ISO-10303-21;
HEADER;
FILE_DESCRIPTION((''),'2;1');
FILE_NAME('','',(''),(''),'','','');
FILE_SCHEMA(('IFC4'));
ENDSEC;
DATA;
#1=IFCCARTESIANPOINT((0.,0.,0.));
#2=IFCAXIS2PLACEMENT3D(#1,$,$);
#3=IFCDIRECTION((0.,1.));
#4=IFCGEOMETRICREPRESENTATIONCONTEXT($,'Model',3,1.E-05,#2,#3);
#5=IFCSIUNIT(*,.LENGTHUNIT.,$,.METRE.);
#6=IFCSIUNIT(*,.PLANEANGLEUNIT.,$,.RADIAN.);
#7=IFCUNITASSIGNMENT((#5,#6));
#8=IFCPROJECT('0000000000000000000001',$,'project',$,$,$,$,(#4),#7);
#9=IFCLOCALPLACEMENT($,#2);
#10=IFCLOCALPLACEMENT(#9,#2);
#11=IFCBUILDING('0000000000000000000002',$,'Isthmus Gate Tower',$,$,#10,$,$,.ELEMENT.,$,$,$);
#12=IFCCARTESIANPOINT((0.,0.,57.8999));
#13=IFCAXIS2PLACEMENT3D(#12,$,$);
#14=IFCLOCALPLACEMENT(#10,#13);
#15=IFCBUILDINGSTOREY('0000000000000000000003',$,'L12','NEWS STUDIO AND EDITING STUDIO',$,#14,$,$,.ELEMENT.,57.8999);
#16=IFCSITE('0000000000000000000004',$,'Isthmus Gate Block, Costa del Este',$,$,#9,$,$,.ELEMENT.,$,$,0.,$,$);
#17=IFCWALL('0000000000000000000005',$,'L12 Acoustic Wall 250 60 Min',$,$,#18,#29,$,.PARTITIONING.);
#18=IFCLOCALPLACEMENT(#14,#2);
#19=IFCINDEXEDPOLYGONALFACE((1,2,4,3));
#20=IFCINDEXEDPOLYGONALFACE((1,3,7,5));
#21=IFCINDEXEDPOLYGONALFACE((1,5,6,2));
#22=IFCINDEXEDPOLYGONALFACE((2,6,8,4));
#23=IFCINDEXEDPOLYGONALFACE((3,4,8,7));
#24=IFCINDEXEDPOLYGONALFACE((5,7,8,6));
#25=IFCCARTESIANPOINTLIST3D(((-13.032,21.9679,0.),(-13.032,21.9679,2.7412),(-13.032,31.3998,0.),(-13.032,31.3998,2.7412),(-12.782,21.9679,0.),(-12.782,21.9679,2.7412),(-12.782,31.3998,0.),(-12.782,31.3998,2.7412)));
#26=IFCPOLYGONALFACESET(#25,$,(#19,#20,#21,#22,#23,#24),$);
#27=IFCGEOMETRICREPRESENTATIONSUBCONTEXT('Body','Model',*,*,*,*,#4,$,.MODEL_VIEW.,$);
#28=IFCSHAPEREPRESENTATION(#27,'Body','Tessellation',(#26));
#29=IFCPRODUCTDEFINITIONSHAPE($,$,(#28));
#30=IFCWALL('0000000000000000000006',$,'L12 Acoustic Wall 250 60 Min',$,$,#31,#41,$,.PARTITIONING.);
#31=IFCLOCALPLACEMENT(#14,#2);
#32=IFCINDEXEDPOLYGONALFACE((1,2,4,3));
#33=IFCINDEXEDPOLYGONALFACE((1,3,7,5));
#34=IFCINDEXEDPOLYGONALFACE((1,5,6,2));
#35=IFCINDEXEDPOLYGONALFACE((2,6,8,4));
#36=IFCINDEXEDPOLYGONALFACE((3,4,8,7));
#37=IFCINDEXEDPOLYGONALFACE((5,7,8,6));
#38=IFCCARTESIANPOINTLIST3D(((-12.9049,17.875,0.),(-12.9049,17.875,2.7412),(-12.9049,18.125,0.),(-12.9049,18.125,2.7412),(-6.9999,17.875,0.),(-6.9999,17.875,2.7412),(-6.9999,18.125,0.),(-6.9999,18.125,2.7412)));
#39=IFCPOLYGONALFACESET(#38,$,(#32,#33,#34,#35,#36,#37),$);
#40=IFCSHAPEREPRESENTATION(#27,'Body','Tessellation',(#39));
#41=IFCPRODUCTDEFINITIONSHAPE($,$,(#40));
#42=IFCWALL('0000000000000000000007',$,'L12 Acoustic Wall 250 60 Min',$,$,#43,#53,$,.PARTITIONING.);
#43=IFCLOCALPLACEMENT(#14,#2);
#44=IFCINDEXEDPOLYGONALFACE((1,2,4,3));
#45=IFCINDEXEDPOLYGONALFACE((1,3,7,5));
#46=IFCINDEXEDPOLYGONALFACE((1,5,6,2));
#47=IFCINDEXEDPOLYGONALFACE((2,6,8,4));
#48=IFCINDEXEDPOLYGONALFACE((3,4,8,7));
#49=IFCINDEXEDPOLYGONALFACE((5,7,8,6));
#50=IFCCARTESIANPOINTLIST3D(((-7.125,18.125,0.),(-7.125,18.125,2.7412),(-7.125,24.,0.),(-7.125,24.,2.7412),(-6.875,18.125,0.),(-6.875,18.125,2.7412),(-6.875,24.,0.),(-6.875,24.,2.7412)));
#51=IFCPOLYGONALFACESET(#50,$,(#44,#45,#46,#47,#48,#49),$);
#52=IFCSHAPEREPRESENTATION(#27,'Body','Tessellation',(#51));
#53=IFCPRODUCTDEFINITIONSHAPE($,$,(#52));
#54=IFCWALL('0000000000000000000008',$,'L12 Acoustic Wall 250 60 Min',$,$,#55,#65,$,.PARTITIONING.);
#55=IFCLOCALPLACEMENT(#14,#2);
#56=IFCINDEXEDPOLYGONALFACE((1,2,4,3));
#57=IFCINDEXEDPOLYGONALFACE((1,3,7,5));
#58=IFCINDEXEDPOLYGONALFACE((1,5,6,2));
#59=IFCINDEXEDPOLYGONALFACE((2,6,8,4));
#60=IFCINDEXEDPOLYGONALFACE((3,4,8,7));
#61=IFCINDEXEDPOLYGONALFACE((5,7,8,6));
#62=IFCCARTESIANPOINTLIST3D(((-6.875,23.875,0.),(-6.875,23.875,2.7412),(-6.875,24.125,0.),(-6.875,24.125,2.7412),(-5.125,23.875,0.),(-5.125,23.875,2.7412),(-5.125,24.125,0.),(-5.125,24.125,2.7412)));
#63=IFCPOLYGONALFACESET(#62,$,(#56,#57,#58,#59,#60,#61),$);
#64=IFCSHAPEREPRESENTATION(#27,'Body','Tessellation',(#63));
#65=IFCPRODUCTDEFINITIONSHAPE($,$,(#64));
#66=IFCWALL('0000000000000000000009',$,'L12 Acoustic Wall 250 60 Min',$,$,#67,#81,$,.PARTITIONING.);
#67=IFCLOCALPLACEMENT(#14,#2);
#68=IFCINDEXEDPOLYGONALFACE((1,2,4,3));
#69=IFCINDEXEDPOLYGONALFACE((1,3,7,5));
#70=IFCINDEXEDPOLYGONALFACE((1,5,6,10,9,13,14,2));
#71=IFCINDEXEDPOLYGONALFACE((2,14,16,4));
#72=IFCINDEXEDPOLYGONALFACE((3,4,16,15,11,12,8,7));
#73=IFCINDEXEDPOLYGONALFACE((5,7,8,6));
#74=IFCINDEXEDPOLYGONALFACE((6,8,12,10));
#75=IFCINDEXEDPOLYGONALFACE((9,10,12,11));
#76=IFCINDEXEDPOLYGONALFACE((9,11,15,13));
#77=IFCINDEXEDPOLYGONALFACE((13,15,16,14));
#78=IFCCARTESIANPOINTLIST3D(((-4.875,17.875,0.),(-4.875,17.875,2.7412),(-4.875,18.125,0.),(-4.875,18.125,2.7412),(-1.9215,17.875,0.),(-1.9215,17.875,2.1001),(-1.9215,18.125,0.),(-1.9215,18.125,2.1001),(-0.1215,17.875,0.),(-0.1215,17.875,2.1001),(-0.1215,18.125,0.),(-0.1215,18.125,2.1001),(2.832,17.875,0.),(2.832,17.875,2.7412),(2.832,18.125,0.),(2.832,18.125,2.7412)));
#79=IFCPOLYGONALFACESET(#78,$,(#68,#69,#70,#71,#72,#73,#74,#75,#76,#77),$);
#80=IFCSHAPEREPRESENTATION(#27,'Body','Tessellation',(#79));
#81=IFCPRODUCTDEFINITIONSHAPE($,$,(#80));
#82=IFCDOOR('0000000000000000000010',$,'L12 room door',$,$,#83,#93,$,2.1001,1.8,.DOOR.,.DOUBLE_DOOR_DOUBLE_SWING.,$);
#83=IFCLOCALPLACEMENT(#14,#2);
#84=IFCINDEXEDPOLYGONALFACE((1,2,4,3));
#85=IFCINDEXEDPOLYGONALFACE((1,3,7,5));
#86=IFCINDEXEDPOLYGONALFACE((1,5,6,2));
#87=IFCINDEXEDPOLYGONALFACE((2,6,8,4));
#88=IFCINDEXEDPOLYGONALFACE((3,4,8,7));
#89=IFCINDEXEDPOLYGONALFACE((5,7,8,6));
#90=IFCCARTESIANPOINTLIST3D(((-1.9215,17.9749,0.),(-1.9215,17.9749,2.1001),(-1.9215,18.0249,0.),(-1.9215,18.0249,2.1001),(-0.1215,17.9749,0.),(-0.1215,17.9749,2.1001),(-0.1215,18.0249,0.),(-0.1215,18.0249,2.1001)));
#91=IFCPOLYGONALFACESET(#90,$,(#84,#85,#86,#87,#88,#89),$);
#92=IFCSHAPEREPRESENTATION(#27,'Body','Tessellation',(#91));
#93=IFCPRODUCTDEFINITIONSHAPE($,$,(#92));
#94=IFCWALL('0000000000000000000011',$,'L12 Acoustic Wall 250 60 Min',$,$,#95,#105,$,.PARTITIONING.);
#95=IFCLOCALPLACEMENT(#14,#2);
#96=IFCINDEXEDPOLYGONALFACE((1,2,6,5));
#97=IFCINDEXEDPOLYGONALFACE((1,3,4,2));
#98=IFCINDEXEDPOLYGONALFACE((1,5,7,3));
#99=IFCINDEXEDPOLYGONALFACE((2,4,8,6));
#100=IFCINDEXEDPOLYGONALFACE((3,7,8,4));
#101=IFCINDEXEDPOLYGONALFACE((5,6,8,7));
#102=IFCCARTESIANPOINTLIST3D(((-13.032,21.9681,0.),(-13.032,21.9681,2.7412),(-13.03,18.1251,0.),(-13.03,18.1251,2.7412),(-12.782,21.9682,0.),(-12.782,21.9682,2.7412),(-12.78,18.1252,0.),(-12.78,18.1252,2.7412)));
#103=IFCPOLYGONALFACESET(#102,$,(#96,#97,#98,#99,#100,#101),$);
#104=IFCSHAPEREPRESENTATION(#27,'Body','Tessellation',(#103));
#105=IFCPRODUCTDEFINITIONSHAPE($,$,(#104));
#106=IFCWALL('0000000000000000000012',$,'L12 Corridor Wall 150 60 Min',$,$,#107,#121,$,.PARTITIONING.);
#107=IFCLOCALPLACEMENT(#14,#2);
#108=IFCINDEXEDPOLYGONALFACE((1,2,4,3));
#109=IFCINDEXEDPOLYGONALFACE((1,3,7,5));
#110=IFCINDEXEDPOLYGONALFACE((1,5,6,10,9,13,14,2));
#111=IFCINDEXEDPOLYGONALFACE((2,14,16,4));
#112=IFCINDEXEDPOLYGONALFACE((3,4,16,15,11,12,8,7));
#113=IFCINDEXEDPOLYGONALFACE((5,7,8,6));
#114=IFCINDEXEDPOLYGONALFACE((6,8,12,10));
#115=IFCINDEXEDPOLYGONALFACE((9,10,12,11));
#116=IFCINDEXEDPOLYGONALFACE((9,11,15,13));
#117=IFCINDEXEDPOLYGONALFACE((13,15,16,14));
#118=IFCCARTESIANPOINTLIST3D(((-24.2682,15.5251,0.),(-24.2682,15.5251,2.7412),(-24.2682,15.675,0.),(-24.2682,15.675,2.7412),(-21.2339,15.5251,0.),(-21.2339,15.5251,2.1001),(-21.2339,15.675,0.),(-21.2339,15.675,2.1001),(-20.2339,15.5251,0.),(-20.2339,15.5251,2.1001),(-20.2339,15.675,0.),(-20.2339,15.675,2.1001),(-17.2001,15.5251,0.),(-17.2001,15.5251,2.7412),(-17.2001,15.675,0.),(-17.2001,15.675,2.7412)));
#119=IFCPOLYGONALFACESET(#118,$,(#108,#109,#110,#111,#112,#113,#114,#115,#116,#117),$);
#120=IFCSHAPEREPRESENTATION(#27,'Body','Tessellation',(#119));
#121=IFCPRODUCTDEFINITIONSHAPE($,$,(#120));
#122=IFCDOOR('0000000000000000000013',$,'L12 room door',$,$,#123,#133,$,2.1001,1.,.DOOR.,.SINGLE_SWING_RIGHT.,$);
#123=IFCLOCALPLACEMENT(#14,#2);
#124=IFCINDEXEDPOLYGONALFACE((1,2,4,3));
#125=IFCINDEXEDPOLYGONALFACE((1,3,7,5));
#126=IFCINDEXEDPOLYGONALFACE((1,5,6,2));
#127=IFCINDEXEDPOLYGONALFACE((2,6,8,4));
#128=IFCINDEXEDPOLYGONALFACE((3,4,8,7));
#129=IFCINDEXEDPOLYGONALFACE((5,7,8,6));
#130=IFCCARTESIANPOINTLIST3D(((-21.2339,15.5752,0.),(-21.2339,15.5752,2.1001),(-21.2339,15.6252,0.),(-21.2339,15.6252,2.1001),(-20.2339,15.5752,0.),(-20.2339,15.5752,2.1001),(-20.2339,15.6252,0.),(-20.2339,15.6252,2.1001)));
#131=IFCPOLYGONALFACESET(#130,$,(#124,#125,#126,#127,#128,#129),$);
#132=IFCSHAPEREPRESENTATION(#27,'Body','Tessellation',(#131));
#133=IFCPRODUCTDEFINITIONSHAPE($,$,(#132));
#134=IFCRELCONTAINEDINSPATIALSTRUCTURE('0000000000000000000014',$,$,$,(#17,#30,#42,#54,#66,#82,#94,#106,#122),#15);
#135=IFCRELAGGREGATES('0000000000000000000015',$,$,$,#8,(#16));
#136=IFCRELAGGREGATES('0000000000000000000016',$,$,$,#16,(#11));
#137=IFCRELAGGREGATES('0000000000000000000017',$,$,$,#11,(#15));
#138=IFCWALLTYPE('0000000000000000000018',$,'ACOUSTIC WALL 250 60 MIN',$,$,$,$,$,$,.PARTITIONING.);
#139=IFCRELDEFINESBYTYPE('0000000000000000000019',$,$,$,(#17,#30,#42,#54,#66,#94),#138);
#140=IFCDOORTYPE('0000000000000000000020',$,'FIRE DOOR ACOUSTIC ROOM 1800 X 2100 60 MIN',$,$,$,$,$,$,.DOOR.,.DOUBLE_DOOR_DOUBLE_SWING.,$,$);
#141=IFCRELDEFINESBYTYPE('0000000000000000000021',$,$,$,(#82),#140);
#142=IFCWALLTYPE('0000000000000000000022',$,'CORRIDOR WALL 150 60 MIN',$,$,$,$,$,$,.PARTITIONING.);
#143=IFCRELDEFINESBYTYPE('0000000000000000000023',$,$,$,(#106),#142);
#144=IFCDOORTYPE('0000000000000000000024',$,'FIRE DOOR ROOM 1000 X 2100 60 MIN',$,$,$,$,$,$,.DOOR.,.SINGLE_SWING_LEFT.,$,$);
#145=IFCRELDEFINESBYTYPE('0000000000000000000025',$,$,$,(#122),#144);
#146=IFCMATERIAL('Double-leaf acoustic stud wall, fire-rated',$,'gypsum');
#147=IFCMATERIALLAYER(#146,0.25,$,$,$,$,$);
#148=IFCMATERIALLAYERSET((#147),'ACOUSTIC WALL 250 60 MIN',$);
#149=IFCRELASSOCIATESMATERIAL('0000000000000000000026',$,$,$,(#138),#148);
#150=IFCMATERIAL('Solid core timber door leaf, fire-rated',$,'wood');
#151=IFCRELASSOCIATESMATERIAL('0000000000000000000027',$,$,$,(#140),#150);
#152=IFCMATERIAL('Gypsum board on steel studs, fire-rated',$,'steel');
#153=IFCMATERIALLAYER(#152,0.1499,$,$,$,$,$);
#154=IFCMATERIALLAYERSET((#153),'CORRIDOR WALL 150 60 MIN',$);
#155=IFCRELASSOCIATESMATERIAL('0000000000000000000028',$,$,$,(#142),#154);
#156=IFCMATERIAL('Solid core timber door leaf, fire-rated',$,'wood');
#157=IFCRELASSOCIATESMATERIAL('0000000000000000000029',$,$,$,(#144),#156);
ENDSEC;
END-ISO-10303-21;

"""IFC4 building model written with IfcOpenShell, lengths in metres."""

from ifc_helpers import new_model, si_unit, direction, frame, frame_2d, origin, place, context, subcontext, project, spatial, rectangle, extrude, material, layer, layer_set, type_object, element, fill, save


model = new_model("IFC4")

# Units and contexts
model_context = context("Model", 3, precision=1e-05, world=origin(), true_north=direction((0.0, 1.0)))
body_context = subcontext(model_context, "Body", "Model", "MODEL_VIEW")
ifc_project = project(units=[si_unit("LENGTHUNIT", "METRE"), si_unit("PLANEANGLEUNIT", "RADIAN")], contexts=[model_context])

# Site, building, storey
site_placement = place(None, origin())
site = spatial("IfcSite", under=ifc_project, at=site_placement, Name="Isthmus Gate Block, Costa del Este", CompositionType="ELEMENT", RefElevation=0.0)
building_placement = place(site_placement, origin())
building = spatial("IfcBuilding", under=site, at=building_placement, Name="Isthmus Gate Tower", CompositionType="ELEMENT")
storey_placement = place(building_placement, frame((0.0, 0.0, 57.8999)))
storey = spatial("IfcBuildingStorey", under=building, at=storey_placement, Name="L12", Description="NEWS STUDIO AND EDITING STUDIO", CompositionType="ELEMENT", Elevation=57.8999)

# Walls
ifc_material_1 = material(Name="Double-leaf acoustic stud wall, fire-rated", Category="gypsum")
ifc_layer_1 = layer(ifc_material_1, 0.25)
ifc_layer_set_1 = layer_set([ifc_layer_1], Name="ACOUSTIC WALL 250 60 MIN")
wall_type_1 = type_object("IfcWallType", Name="ACOUSTIC WALL 250 60 MIN", PredefinedType="PARTITIONING", material=ifc_layer_set_1)
wall_1_placement = place(storey_placement, frame((-12.907, 21.968, 0.0), z_axis=(0.0, 0.0, 1.0), x_axis=(0.0, 1.0, 0.0)))
element("IfcWall", 1, at=wall_1_placement, inside=storey, type_object=wall_type_1, Name="L12 Acoustic Wall 250 60 Min", PredefinedType="PARTITIONING", context=body_context, shape_type="SweptSolid", body=[
    extrude(rectangle(XDim=9.4319, YDim=0.25, at=frame_2d((4.7158, 0.0))), origin(), (0.0, 0.0, 1.0), 2.7412),
])
wall_2_placement = place(storey_placement, frame((-12.905, 18.0, 0.0), z_axis=(0.0, 0.0, 1.0), x_axis=(1.0, 0.0, 0.0)))
element("IfcWall", 2, at=wall_2_placement, inside=storey, type_object=wall_type_1, Name="L12 Acoustic Wall 250 60 Min", PredefinedType="PARTITIONING", context=body_context, shape_type="SweptSolid", body=[
    extrude(rectangle(XDim=5.905, YDim=0.25, at=frame_2d((2.9526, 0.0))), origin(), (0.0, 0.0, 1.0), 2.7412),
])
wall_3_placement = place(storey_placement, frame((-7.0, 18.125, 0.0), z_axis=(0.0, 0.0, 1.0), x_axis=(0.0, 1.0, 0.0)))
element("IfcWall", 3, at=wall_3_placement, inside=storey, type_object=wall_type_1, Name="L12 Acoustic Wall 250 60 Min", PredefinedType="PARTITIONING", context=body_context, shape_type="SweptSolid", body=[
    extrude(rectangle(XDim=5.875, YDim=0.25, at=frame_2d((2.9375, 0.0))), origin(), (0.0, 0.0, 1.0), 2.7412),
])
wall_4_placement = place(storey_placement, frame((-6.875, 24.0, 0.0), z_axis=(0.0, 0.0, 1.0), x_axis=(1.0, 0.0, 0.0)))
element("IfcWall", 4, at=wall_4_placement, inside=storey, type_object=wall_type_1, Name="L12 Acoustic Wall 250 60 Min", PredefinedType="PARTITIONING", context=body_context, shape_type="SweptSolid", body=[
    extrude(rectangle(XDim=1.75, YDim=0.25, at=frame_2d((0.875, 0.0))), origin(), (0.0, 0.0, 1.0), 2.7412),
])

# Wall, opening, door
wall_5_placement = place(storey_placement, frame((-4.875, 18.0, 0.0), z_axis=(0.0, 0.0, 1.0), x_axis=(1.0, 0.0, 0.0)))
wall_5 = element("IfcWall", 5, at=wall_5_placement, inside=storey, type_object=wall_type_1, Name="L12 Acoustic Wall 250 60 Min", PredefinedType="PARTITIONING", context=body_context, shape_type="SweptSolid", body=[
    extrude(rectangle(XDim=7.707, YDim=0.25, at=frame_2d((3.8535, 0.0))), origin(), (0.0, 0.0, 1.0), 2.7412),
])
opening_1_placement = place(wall_5_placement, frame((2.9536, 0.0, 0.0)))
opening_1 = element("IfcOpeningElement", 6, at=opening_1_placement, cuts=wall_5, PredefinedType="OPENING", context=body_context, shape_type="SweptSolid", body=[
    extrude(rectangle(XDim=1.8, YDim=2.1001, at=frame_2d((0.8999, 1.05))), frame((0.0, 0.135, 0.0), z_axis=(0.0, -1.0, 0.0), x_axis=(1.0, 0.0, 0.0)), (0.0, 0.0, 1.0), 0.27),
])
ifc_material_2 = material(Name="Solid core timber door leaf, fire-rated", Category="wood")
door_type_1 = type_object("IfcDoorType", Name="FIRE DOOR ACOUSTIC ROOM 1800 X 2100 60 MIN", OperationType="DOUBLE_DOOR_DOUBLE_SWING", PredefinedType="DOOR", material=ifc_material_2)
door_1_placement = place(opening_1_placement, origin())
door_1 = element("IfcDoor", 7, at=door_1_placement, inside=storey, type_object=door_type_1, Name="L12 room door", OperationType="DOUBLE_DOOR_DOUBLE_SWING", OverallHeight=2.1001, OverallWidth=1.8, PredefinedType="DOOR", context=body_context, shape_type="SweptSolid", body=[
    extrude(rectangle(XDim=1.8, YDim=2.1001, at=frame_2d((0.8999, 1.05))), frame((0.0, 0.0249, 0.0), z_axis=(0.0, -1.0, 0.0), x_axis=(1.0, 0.0, 0.0)), (0.0, 0.0, 1.0), 0.05),
])
fill(opening_1, door_1)

# Wall
wall_6_placement = place(storey_placement, frame((-12.907, 21.968, 0.0), z_axis=(0.0, 0.0, 1.0), x_axis=(0.000508, -1.0, 0.0)))
element("IfcWall", 8, at=wall_6_placement, inside=storey, type_object=wall_type_1, Name="L12 Acoustic Wall 250 60 Min", PredefinedType="PARTITIONING", context=body_context, shape_type="SweptSolid", body=[
    extrude(rectangle(XDim=3.843, YDim=0.25, at=frame_2d((1.9214, 0.0))), origin(), (0.0, 0.0, 1.0), 2.7412),
])

# Wall, opening, door
ifc_material_3 = material(Name="Gypsum board on steel studs, fire-rated", Category="steel")
ifc_layer_2 = layer(ifc_material_3, 0.1499)
ifc_layer_set_2 = layer_set([ifc_layer_2], Name="CORRIDOR WALL 150 60 MIN")
wall_type_2 = type_object("IfcWallType", Name="CORRIDOR WALL 150 60 MIN", PredefinedType="PARTITIONING", material=ifc_layer_set_2)
wall_7_placement = place(storey_placement, frame((-17.2, 15.6001, 0.0), z_axis=(0.0, 0.0, 1.0), x_axis=(-1.0, 0.0, 0.0)))
wall_7 = element("IfcWall", 9, at=wall_7_placement, inside=storey, type_object=wall_type_2, Name="L12 Corridor Wall 150 60 Min", PredefinedType="PARTITIONING", context=body_context, shape_type="SweptSolid", body=[
    extrude(rectangle(XDim=7.0681, YDim=0.1499, at=frame_2d((3.5342, 0.0))), origin(), (0.0, 0.0, 1.0), 2.7412),
])
opening_2_placement = place(wall_7_placement, frame((3.0339, 0.0, 0.0)))
opening_2 = element("IfcOpeningElement", 10, at=opening_2_placement, cuts=wall_7, PredefinedType="OPENING", context=body_context, shape_type="SweptSolid", body=[
    extrude(rectangle(XDim=1.0, YDim=2.1001, at=frame_2d((0.5, 1.05))), frame((0.0, 0.085, 0.0), z_axis=(0.0, -1.0, 0.0), x_axis=(1.0, 0.0, 0.0)), (0.0, 0.0, 1.0), 0.1699),
])
ifc_material_4 = material(Name="Solid core timber door leaf, fire-rated", Category="wood")
door_type_2 = type_object("IfcDoorType", Name="FIRE DOOR ROOM 1000 X 2100 60 MIN", OperationType="SINGLE_SWING_LEFT", PredefinedType="DOOR", material=ifc_material_4)
door_2_placement = place(opening_2_placement, origin())
door_2 = element("IfcDoor", 11, at=door_2_placement, inside=storey, type_object=door_type_2, Name="L12 room door", OperationType="SINGLE_SWING_RIGHT", OverallHeight=2.1001, OverallWidth=1.0, PredefinedType="DOOR", context=body_context, shape_type="SweptSolid", body=[
    extrude(rectangle(XDim=1.0, YDim=2.1001, at=frame_2d((0.5, 1.05))), frame((0.0, 0.0249, 0.0), z_axis=(0.0, -1.0, 0.0), x_axis=(1.0, 0.0, 0.0)), (0.0, 0.0, 1.0), 0.05),
])
fill(opening_2, door_2)

save(model, "model.ifc")
